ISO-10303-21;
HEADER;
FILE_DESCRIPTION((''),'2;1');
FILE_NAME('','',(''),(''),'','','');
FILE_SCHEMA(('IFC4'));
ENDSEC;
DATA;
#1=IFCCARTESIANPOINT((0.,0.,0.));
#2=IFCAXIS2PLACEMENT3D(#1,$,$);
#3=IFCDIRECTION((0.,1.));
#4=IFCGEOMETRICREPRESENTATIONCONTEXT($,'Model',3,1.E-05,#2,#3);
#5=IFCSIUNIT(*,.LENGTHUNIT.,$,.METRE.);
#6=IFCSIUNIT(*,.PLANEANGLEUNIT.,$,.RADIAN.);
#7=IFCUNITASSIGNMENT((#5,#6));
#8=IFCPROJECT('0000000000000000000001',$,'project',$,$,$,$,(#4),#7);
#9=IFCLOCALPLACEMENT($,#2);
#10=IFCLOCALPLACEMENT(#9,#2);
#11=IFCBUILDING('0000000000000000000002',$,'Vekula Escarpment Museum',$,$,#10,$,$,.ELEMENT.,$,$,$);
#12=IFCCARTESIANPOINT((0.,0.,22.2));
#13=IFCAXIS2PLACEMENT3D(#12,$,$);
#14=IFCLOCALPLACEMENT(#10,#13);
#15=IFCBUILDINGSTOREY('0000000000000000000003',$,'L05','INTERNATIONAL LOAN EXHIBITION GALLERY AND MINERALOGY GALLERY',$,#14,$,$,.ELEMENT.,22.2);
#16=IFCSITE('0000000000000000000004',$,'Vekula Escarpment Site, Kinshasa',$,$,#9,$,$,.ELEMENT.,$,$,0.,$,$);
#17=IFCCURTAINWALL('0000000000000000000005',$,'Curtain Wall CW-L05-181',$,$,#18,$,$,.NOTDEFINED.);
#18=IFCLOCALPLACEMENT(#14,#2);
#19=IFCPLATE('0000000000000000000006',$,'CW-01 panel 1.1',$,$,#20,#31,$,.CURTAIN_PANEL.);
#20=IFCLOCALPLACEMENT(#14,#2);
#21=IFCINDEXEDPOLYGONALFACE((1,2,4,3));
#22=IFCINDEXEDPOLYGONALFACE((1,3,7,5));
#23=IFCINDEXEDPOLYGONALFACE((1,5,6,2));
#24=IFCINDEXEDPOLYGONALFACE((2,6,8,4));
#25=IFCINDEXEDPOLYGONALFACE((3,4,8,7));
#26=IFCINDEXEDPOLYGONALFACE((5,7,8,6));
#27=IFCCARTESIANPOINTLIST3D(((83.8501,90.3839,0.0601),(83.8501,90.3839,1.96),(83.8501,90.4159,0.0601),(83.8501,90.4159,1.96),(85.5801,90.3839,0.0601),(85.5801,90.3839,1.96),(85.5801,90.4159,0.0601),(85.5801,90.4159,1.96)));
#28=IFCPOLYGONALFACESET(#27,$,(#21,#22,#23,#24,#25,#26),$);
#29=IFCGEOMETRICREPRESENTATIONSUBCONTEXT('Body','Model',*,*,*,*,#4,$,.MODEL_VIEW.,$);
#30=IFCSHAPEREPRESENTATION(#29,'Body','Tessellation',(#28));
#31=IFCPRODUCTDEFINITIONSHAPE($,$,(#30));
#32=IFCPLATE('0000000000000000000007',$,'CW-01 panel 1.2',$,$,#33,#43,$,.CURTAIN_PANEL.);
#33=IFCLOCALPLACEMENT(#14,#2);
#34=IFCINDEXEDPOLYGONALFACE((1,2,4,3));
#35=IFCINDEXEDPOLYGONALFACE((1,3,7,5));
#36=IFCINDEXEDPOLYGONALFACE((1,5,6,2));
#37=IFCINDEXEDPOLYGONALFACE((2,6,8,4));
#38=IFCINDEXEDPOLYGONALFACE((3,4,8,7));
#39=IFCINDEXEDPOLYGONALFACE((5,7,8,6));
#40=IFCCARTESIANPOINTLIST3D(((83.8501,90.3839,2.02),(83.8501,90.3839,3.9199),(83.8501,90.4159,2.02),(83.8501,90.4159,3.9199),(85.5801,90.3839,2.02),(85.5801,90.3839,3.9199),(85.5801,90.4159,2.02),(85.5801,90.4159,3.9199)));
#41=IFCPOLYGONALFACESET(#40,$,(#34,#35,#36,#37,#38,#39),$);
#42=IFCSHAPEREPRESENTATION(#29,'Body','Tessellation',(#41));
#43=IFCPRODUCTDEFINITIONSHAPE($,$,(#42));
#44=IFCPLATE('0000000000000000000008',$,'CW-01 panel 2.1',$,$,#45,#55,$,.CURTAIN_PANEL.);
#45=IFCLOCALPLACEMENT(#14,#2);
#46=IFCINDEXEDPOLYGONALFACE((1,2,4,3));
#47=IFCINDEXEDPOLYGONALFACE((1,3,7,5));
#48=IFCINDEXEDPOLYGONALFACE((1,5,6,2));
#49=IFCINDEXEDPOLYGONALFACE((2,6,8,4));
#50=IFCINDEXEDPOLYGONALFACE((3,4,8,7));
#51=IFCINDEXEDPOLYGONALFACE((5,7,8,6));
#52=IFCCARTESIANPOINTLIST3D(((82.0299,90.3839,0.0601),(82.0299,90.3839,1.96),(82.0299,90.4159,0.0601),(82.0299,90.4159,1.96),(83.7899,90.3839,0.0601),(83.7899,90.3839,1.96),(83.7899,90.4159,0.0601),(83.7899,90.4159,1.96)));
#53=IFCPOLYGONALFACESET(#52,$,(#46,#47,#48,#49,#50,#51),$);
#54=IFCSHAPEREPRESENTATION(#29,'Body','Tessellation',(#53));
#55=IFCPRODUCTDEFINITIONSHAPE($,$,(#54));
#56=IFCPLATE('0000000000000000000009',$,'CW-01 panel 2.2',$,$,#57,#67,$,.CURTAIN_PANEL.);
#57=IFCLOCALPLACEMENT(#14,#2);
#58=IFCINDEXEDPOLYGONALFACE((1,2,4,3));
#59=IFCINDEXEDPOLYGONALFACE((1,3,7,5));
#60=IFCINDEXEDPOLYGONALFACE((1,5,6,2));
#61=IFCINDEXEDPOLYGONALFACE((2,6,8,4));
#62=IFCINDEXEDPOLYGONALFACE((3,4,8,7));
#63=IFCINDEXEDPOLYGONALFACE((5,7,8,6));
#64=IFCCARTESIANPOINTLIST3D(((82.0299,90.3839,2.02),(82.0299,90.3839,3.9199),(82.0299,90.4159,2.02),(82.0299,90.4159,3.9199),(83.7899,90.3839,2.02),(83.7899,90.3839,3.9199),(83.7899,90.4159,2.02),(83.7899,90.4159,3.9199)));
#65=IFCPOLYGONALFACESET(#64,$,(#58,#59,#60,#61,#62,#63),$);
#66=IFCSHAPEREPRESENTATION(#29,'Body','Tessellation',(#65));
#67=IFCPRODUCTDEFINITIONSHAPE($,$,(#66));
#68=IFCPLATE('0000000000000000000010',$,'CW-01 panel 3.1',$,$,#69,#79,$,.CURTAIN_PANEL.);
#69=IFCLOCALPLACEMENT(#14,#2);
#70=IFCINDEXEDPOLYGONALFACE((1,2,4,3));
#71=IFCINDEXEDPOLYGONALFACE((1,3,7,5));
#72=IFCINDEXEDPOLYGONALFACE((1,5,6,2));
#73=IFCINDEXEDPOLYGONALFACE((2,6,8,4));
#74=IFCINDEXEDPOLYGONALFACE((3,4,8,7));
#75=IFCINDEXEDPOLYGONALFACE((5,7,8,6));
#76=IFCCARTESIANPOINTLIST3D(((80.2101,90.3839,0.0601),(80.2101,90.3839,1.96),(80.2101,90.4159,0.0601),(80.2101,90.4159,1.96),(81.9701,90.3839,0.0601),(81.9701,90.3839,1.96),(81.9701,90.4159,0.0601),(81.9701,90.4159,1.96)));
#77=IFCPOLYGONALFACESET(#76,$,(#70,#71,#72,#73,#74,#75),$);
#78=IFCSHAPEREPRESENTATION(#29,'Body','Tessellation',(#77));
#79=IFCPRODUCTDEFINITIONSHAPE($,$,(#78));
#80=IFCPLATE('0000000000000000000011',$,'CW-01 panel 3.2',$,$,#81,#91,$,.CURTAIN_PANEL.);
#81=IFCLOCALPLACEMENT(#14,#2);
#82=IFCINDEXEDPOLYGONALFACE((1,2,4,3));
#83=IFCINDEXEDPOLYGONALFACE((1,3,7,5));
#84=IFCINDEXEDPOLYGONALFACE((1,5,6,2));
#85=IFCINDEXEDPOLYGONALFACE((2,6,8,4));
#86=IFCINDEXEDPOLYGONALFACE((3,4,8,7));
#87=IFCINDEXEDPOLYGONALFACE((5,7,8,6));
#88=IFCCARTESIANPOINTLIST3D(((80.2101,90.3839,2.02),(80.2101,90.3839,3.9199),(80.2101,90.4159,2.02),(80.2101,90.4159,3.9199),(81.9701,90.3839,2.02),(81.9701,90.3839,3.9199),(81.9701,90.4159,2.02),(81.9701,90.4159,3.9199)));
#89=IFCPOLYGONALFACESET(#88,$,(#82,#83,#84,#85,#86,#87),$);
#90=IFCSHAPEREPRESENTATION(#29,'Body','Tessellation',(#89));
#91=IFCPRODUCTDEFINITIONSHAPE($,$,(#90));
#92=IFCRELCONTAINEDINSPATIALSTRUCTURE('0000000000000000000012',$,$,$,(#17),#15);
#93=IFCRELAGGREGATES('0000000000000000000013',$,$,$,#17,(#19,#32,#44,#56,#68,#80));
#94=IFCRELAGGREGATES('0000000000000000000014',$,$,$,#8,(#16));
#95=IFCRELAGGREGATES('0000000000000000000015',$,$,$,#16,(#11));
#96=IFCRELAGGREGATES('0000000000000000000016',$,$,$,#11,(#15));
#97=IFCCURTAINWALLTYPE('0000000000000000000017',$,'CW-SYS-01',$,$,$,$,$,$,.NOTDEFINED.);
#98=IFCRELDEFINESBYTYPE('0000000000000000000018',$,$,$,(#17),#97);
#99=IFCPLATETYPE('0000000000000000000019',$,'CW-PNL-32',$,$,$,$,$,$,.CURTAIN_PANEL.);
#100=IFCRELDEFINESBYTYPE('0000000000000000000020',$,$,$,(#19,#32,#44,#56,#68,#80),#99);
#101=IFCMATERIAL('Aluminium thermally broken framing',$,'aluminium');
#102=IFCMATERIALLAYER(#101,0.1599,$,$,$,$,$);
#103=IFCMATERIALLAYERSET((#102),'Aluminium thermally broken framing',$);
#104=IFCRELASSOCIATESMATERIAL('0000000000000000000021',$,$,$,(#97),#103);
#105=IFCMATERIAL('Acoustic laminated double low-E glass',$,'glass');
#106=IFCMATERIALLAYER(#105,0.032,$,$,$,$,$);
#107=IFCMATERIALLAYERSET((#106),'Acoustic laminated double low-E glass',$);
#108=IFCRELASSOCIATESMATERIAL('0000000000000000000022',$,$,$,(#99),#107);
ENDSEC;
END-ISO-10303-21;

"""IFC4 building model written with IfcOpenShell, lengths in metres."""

from ifc_helpers import new_model, si_unit, direction, frame, origin, origin_2d, place, context, subcontext, project, spatial, rectangle, extrude, material, layer, layer_set, type_object, element, aggregate, save


model = new_model("IFC4")

# Units and contexts
model_context = context("Model", 3, precision=1e-05, world=origin(), true_north=direction((0.0, 1.0)))
body_context = subcontext(model_context, "Body", "Model", "MODEL_VIEW")
ifc_project = project(units=[si_unit("LENGTHUNIT", "METRE"), si_unit("PLANEANGLEUNIT", "RADIAN")], contexts=[model_context])

# Site, building, storey
site_placement = place(None, origin())
site = spatial("IfcSite", under=ifc_project, at=site_placement, Name="Vekula Escarpment Site, Kinshasa", CompositionType="ELEMENT", RefElevation=0.0)
building_placement = place(site_placement, origin())
building = spatial("IfcBuilding", under=site, at=building_placement, Name="Vekula Escarpment Museum", CompositionType="ELEMENT")
storey_placement = place(building_placement, frame((0.0, 0.0, 22.2)))
storey = spatial("IfcBuildingStorey", under=building, at=storey_placement, Name="L05", Description="INTERNATIONAL LOAN EXHIBITION GALLERY AND MINERALOGY GALLERY", CompositionType="ELEMENT", Elevation=22.2)

# Curtain wall
ifc_material_1 = material(Name="Aluminium thermally broken framing", Category="aluminium")
ifc_layer_1 = layer(ifc_material_1, 0.1599)
ifc_layer_set_1 = layer_set([ifc_layer_1], Name="Aluminium thermally broken framing")
curtain_wall_type = type_object("IfcCurtainWallType", Name="CW-SYS-01", PredefinedType="NOTDEFINED", material=ifc_layer_set_1)
curtain_wall_placement = place(storey_placement, origin())
curtain_wall = element("IfcCurtainWall", 1, at=curtain_wall_placement, inside=storey, type_object=curtain_wall_type, Name="Curtain Wall CW-L05-181", PredefinedType="NOTDEFINED")

# Plates
ifc_material_2 = material(Name="Acoustic laminated double low-E glass", Category="glass")
ifc_layer_2 = layer(ifc_material_2, 0.032)
ifc_layer_set_2 = layer_set([ifc_layer_2], Name="Acoustic laminated double low-E glass")
plate_type = type_object("IfcPlateType", Name="CW-PNL-32", PredefinedType="CURTAIN_PANEL", material=ifc_layer_set_2)
plate_1_placement = place(storey_placement, frame((84.7151, 90.3999, 0.0601), z_axis=(0.0, 0.0, 1.0), x_axis=(-1.0, 0.0, 0.0)))
plate_1 = element("IfcPlate", 2, at=plate_1_placement, type_object=plate_type, Name="CW-01 panel 1.1", PredefinedType="CURTAIN_PANEL", context=body_context, shape_type="SweptSolid", body=[
    extrude(rectangle(XDim=1.73, YDim=0.032, at=origin_2d()), origin(), (0.0, 0.0, 1.0), 1.8999),
])
plate_2_placement = place(storey_placement, frame((84.7151, 90.3999, 2.02), z_axis=(0.0, 0.0, 1.0), x_axis=(-1.0, 0.0, 0.0)))
plate_2 = element("IfcPlate", 3, at=plate_2_placement, type_object=plate_type, Name="CW-01 panel 1.2", PredefinedType="CURTAIN_PANEL", context=body_context, shape_type="SweptSolid", body=[
    extrude(rectangle(XDim=1.73, YDim=0.032, at=origin_2d()), origin(), (0.0, 0.0, 1.0), 1.8999),
])
plate_3_placement = place(storey_placement, frame((82.9099, 90.3999, 0.0601), z_axis=(0.0, 0.0, 1.0), x_axis=(-1.0, 0.0, 0.0)))
plate_3 = element("IfcPlate", 4, at=plate_3_placement, type_object=plate_type, Name="CW-01 panel 2.1", PredefinedType="CURTAIN_PANEL", context=body_context, shape_type="SweptSolid", body=[
    extrude(rectangle(XDim=1.76, YDim=0.032, at=origin_2d()), origin(), (0.0, 0.0, 1.0), 1.8999),
])
plate_4_placement = place(storey_placement, frame((82.9099, 90.3999, 2.02), z_axis=(0.0, 0.0, 1.0), x_axis=(-1.0, 0.0, 0.0)))
plate_4 = element("IfcPlate", 5, at=plate_4_placement, type_object=plate_type, Name="CW-01 panel 2.2", PredefinedType="CURTAIN_PANEL", context=body_context, shape_type="SweptSolid", body=[
    extrude(rectangle(XDim=1.76, YDim=0.032, at=origin_2d()), origin(), (0.0, 0.0, 1.0), 1.8999),
])
plate_5_placement = place(storey_placement, frame((81.0901, 90.3999, 0.0601), z_axis=(0.0, 0.0, 1.0), x_axis=(-1.0, 0.0, 0.0)))
plate_5 = element("IfcPlate", 6, at=plate_5_placement, type_object=plate_type, Name="CW-01 panel 3.1", PredefinedType="CURTAIN_PANEL", context=body_context, shape_type="SweptSolid", body=[
    extrude(rectangle(XDim=1.76, YDim=0.032, at=origin_2d()), origin(), (0.0, 0.0, 1.0), 1.8999),
])
plate_6_placement = place(storey_placement, frame((81.0901, 90.3999, 2.02), z_axis=(0.0, 0.0, 1.0), x_axis=(-1.0, 0.0, 0.0)))
plate_6 = element("IfcPlate", 7, at=plate_6_placement, type_object=plate_type, Name="CW-01 panel 3.2", PredefinedType="CURTAIN_PANEL", context=body_context, shape_type="SweptSolid", body=[
    extrude(rectangle(XDim=1.76, YDim=0.032, at=origin_2d()), origin(), (0.0, 0.0, 1.0), 1.8999),
])
aggregate(curtain_wall, [plate_1, plate_2, plate_3, plate_4, plate_5, plate_6])

save(model, "model.ifc")
